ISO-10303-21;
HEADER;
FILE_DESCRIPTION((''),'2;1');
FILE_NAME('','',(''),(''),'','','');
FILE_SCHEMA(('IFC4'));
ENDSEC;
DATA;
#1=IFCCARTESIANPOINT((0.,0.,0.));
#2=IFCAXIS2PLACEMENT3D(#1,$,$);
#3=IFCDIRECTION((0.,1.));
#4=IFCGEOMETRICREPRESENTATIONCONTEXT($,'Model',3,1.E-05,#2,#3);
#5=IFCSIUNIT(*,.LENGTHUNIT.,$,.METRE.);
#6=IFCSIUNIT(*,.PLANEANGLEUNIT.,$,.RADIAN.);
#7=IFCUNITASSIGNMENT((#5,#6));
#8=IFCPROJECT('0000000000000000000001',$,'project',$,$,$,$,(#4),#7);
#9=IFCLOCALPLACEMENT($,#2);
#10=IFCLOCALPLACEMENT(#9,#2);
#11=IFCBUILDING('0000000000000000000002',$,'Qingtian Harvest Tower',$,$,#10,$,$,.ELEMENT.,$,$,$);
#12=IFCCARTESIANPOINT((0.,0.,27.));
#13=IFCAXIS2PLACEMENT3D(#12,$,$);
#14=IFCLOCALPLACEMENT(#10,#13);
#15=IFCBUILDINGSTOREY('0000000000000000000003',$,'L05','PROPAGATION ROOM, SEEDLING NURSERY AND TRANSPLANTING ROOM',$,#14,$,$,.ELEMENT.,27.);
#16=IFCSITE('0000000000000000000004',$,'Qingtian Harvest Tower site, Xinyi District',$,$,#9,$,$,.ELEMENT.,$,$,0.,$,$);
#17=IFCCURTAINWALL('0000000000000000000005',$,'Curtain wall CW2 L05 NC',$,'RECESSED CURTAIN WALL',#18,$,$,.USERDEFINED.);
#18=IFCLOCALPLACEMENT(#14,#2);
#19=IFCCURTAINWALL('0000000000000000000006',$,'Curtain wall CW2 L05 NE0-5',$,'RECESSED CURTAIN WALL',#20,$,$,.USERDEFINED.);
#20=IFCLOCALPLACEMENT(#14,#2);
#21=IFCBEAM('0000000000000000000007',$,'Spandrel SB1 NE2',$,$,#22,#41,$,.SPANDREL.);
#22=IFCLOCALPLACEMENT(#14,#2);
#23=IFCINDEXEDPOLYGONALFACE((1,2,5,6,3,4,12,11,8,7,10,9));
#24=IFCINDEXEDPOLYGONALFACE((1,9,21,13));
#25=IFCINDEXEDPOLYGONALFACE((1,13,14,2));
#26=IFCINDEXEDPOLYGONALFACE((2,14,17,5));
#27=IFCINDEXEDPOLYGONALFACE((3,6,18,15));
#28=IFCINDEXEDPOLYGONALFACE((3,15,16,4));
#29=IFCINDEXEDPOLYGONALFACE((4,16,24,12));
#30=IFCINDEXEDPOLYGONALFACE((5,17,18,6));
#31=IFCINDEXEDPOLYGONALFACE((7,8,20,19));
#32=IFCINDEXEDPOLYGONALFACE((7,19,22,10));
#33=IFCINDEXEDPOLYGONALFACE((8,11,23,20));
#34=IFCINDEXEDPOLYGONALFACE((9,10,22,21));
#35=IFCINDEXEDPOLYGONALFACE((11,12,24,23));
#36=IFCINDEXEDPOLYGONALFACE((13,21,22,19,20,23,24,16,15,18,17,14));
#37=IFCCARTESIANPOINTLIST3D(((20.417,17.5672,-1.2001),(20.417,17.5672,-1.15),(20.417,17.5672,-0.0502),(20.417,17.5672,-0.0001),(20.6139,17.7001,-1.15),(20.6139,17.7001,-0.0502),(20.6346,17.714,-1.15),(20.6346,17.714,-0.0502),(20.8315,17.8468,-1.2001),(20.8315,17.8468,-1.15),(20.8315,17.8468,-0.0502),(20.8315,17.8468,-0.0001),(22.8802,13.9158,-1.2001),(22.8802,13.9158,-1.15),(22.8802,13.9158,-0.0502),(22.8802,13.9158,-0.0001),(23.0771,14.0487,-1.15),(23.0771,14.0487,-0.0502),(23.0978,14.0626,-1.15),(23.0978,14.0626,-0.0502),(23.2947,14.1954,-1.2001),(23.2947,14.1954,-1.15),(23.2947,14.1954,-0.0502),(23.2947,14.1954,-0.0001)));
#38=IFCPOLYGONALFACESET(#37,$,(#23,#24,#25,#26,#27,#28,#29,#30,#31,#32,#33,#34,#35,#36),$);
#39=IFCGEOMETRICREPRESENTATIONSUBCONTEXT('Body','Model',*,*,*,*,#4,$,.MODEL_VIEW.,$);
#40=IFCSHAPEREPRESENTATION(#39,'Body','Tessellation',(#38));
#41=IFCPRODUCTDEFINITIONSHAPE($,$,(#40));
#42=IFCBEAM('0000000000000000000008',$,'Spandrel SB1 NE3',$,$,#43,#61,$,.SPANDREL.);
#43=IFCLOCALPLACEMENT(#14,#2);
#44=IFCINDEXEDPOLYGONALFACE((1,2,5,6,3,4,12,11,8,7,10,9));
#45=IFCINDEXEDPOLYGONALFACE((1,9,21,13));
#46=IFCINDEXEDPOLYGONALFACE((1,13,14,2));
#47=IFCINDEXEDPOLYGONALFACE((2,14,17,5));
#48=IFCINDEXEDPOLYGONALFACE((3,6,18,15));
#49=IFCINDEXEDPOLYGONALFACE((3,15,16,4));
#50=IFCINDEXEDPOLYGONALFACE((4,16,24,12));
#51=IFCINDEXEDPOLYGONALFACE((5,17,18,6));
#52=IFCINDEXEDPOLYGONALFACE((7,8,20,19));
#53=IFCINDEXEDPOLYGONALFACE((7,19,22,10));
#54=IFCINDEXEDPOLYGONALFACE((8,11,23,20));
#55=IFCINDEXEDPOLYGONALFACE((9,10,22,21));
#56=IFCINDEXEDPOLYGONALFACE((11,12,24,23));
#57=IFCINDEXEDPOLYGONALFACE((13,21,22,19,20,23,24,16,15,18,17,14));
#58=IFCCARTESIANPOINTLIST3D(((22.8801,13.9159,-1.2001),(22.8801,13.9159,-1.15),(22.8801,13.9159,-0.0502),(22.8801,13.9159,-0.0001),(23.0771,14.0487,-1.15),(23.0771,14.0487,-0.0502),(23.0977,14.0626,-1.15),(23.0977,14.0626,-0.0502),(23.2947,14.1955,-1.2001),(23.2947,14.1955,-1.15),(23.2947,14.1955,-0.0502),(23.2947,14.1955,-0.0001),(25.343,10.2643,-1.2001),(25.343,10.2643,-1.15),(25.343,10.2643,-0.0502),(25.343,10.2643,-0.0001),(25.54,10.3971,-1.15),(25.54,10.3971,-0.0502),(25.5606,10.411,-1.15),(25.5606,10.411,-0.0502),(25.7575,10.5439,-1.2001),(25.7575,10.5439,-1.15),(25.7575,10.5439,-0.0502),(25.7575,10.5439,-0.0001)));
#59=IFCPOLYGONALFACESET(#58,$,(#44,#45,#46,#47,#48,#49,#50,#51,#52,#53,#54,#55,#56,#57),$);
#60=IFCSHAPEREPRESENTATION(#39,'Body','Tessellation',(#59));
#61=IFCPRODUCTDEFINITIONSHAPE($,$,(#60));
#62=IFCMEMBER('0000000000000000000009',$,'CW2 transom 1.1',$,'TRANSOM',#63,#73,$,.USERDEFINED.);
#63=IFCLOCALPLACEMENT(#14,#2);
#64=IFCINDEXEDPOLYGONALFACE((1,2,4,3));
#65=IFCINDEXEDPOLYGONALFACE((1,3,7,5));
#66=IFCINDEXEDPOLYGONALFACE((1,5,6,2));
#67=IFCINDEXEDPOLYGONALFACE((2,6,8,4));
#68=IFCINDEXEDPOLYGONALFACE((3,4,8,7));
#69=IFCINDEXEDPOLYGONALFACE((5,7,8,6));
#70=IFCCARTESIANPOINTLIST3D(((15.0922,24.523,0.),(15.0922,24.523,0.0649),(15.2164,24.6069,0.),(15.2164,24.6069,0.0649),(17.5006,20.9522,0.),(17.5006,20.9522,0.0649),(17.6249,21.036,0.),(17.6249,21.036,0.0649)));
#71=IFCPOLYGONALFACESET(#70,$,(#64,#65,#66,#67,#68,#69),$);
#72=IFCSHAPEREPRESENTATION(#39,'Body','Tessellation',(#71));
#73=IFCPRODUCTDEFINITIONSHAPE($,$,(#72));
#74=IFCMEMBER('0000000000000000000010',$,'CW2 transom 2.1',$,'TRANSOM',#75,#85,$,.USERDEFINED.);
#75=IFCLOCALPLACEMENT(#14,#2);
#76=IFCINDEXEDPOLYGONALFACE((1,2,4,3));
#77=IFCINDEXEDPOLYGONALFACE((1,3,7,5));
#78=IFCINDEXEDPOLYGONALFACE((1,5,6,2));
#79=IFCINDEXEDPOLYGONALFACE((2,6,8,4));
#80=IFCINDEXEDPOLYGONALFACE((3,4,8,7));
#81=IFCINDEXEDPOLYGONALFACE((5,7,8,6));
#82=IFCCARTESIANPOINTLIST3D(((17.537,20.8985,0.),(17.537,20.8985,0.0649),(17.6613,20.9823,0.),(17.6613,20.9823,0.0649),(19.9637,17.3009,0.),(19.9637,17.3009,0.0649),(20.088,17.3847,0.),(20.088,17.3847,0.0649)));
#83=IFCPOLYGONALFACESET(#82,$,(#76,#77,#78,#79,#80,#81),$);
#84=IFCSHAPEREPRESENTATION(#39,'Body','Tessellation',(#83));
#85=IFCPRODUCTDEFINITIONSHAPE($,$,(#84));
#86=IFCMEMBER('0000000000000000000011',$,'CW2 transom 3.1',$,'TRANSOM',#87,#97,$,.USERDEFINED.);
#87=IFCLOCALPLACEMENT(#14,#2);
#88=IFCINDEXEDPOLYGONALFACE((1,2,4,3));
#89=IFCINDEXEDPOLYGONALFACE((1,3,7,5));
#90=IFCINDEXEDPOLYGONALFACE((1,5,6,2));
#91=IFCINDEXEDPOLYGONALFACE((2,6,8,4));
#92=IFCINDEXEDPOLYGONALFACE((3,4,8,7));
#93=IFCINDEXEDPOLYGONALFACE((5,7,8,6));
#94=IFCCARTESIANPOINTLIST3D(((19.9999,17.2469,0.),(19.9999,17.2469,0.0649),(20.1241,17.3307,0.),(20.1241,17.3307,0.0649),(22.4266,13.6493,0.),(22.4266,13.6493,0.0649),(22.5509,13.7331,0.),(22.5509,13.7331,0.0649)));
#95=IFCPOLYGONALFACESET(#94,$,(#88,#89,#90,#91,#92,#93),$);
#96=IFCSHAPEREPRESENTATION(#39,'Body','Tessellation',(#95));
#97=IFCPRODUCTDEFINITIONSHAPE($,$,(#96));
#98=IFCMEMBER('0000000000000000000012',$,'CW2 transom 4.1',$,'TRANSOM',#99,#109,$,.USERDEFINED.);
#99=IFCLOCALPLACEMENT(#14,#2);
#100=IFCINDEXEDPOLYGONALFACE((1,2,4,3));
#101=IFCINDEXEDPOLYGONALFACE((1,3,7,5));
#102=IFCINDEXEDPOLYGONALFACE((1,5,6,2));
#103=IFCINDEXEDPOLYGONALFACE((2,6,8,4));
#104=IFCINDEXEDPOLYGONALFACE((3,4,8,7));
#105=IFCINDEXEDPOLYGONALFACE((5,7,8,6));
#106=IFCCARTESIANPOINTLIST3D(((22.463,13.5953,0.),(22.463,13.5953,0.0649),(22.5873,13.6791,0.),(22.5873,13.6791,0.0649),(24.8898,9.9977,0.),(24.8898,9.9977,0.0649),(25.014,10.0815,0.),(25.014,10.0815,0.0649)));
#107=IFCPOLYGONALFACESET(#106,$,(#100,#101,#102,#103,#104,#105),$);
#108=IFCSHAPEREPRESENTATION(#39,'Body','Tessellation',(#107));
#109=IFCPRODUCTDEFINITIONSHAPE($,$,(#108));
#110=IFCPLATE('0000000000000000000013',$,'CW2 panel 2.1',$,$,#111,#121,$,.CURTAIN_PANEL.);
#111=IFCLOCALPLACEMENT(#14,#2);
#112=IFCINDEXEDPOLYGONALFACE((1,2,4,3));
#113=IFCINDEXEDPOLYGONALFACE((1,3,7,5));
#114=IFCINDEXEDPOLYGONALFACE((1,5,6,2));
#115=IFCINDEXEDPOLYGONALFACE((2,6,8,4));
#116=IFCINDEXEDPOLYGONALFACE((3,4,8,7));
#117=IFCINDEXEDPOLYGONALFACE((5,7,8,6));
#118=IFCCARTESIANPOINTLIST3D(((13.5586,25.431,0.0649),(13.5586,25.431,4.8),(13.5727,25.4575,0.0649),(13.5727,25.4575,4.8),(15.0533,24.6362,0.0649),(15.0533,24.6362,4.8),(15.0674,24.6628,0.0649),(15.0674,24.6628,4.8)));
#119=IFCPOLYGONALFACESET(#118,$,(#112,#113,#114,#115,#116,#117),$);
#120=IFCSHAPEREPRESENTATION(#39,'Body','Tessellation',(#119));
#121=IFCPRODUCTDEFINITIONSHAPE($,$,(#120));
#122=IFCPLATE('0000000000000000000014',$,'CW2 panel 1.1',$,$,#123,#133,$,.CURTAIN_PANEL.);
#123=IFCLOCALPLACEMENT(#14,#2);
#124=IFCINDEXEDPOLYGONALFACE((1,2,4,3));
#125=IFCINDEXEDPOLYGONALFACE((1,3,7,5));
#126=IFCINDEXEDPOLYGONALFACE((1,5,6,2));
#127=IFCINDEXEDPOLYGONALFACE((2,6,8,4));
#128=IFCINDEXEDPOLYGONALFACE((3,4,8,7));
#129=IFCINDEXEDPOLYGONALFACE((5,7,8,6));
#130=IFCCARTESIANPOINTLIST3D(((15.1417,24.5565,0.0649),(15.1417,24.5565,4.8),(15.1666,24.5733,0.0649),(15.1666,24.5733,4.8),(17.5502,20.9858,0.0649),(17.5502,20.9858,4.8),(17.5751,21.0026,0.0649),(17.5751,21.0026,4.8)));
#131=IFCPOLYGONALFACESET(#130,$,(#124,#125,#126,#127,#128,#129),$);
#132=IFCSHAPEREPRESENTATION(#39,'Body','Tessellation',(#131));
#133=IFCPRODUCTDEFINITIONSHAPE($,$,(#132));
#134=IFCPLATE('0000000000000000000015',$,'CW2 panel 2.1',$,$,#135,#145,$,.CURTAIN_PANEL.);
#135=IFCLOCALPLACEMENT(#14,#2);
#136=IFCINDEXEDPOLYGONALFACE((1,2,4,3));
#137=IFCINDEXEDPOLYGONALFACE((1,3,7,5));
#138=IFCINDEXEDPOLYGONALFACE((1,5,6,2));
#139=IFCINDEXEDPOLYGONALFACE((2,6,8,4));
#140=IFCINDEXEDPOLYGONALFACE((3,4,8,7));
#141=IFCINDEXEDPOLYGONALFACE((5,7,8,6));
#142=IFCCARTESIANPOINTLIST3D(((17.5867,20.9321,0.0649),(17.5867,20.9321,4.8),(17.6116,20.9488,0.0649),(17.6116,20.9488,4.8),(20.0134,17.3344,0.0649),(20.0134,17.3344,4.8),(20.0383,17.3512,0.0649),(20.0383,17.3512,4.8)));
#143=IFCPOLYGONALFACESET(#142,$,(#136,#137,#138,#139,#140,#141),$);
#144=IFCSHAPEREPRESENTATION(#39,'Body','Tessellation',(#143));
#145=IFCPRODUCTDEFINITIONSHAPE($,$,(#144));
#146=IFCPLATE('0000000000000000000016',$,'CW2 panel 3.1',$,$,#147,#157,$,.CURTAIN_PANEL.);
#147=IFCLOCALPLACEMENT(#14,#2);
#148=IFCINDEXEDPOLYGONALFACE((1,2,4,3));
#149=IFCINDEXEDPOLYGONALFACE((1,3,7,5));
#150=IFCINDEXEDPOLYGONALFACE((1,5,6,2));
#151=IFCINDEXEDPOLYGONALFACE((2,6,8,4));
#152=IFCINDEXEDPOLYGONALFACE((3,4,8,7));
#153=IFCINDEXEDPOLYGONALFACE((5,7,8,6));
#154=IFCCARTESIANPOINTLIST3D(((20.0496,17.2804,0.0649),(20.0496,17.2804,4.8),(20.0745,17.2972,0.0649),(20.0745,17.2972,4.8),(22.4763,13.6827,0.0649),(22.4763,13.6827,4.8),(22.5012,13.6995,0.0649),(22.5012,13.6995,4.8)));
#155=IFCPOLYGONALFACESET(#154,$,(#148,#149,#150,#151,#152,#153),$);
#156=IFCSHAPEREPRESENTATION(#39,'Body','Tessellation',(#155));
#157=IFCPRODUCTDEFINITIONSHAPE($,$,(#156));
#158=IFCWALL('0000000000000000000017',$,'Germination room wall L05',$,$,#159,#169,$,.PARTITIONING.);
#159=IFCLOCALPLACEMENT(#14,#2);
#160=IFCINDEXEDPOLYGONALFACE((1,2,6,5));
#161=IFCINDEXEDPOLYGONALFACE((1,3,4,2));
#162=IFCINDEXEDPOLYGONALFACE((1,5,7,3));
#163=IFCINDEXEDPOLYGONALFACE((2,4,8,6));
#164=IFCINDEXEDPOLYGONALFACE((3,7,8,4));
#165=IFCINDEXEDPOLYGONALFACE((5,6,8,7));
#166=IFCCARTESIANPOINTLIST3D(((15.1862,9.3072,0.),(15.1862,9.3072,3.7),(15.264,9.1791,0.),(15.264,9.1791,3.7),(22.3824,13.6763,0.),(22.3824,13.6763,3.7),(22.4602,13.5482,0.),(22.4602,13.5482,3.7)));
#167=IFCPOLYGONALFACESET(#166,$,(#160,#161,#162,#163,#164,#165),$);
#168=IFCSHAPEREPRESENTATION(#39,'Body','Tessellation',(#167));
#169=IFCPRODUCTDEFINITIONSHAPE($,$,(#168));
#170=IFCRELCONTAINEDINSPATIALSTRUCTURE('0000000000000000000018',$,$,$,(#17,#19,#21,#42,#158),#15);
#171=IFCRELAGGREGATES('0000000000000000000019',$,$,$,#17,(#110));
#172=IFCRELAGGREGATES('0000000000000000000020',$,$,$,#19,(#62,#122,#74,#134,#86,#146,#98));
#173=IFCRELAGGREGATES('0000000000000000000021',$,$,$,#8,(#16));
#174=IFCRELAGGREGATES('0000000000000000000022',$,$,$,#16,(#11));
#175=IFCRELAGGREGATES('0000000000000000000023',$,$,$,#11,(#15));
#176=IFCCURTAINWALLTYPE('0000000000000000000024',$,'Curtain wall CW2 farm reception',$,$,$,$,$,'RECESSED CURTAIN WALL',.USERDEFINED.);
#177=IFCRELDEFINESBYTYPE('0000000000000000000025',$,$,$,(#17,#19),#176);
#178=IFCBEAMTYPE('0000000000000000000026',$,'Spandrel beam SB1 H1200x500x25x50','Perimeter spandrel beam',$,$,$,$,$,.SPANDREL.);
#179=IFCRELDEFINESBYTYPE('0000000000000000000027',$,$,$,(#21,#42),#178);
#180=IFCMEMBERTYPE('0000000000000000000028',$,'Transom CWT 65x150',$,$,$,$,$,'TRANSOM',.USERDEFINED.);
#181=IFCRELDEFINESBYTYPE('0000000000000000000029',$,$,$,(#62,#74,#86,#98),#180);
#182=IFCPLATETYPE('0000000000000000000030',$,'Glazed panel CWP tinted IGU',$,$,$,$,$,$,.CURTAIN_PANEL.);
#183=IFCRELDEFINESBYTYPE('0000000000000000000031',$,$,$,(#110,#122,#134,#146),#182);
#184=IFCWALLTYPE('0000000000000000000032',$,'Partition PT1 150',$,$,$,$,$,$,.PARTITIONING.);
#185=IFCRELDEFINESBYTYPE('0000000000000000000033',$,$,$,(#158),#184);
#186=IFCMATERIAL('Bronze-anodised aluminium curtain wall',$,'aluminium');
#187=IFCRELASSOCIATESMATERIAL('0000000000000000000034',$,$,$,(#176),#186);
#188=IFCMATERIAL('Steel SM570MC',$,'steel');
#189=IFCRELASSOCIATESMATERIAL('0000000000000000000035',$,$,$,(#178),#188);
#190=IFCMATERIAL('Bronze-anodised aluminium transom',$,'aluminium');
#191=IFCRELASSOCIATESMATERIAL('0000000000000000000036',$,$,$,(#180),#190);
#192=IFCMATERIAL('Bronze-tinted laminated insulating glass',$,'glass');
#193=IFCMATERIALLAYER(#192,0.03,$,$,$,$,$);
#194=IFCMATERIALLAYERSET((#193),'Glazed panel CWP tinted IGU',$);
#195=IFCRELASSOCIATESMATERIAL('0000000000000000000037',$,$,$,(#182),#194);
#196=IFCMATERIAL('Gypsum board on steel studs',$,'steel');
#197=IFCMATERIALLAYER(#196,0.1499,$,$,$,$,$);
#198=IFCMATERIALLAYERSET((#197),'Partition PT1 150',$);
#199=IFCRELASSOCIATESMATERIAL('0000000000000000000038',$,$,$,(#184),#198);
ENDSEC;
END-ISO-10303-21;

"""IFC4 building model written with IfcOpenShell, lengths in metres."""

from ifc_helpers import new_model, si_unit, direction, frame, frame_2d, origin, origin_2d, place, context, subcontext, project, spatial, rectangle, i_section, extrude, material, layer, layer_set, material_profile, profile_set, type_object, element, aggregate, save


model = new_model("IFC4")

# Units and contexts
model_context = context("Model", 3, precision=1e-05, world=origin(), true_north=direction((0.0, 1.0)))
body_context = subcontext(model_context, "Body", "Model", "MODEL_VIEW")
ifc_project = project(units=[si_unit("LENGTHUNIT", "METRE"), si_unit("PLANEANGLEUNIT", "RADIAN")], contexts=[model_context])

# Site, building, storey
site_placement = place(None, origin())
site = spatial("IfcSite", under=ifc_project, at=site_placement, Name="Qingtian Harvest Tower site, Xinyi District", CompositionType="ELEMENT", RefElevation=0.0)
building_placement = place(site_placement, origin())
building = spatial("IfcBuilding", under=site, at=building_placement, Name="Qingtian Harvest Tower", CompositionType="ELEMENT")
storey_placement = place(building_placement, frame((0.0, 0.0, 27.0)))
storey = spatial("IfcBuildingStorey", under=building, at=storey_placement, Name="L05", Description="PROPAGATION ROOM, SEEDLING NURSERY AND TRANSPLANTING ROOM", CompositionType="ELEMENT", Elevation=27.0)

# Curtain wall
ifc_material_1 = material(Name="Bronze-anodised aluminium curtain wall", Category="aluminium")
curtain_wall_type = type_object("IfcCurtainWallType", Name="Curtain wall CW2 farm reception", ElementType="RECESSED CURTAIN WALL", PredefinedType="USERDEFINED", material=ifc_material_1)
curtain_wall_1_placement = place(storey_placement, origin())
curtain_wall_1 = element("IfcCurtainWall", 1, at=curtain_wall_1_placement, inside=storey, type_object=curtain_wall_type, Name="Curtain wall CW2 L05 NC", ObjectType="RECESSED CURTAIN WALL", PredefinedType="USERDEFINED")

# Curtain wall
curtain_wall_2_placement = place(storey_placement, origin())
curtain_wall_2 = element("IfcCurtainWall", 2, at=curtain_wall_2_placement, inside=storey, type_object=curtain_wall_type, Name="Curtain wall CW2 L05 NE0-5", ObjectType="RECESSED CURTAIN WALL", PredefinedType="USERDEFINED")

# Beams
ifc_material_2 = material(Name="Steel SM570MC", Category="steel")
ifc_material_profile_1 = material_profile(ifc_material_2, i_section(OverallWidth=0.5, OverallDepth=1.2, WebThickness=0.0249, FlangeThickness=0.05, at=origin_2d()), Name="H1200x500x25x50")
ifc_profile_set_1 = profile_set([ifc_material_profile_1], Name="Steel SM570MC")
beam_type_1 = type_object("IfcBeamType", Name="Spandrel beam SB1 H1200x500x25x50", Description="Perimeter spandrel beam", PredefinedType="SPANDREL", material=ifc_profile_set_1)
for number, where, z_axis, x_axis, name in (
    (3, (20.6243, 17.707, -0.6001), (0.559233, -0.829011, 0.0), (0.829011, 0.559233, 0.0), "Spandrel SB1 NE2"),
    (4, (23.0874, 14.0557, -0.6001), (0.559169, -0.829054, 0.0), (0.829054, 0.559169, 0.0), "Spandrel SB1 NE3"),
):
    element("IfcBeam", number, at=place(storey_placement, frame(where, z_axis=z_axis, x_axis=x_axis)), inside=storey, type_object=beam_type_1, Name=name, PredefinedType="SPANDREL", context=body_context, shape_type="SweptSolid", body=[
        extrude(i_section(OverallWidth=0.5, OverallDepth=1.2, WebThickness=0.0249, FlangeThickness=0.05, at=origin_2d()), origin(), (0.0, 0.0, 1.0), 4.4045),
    ])

# Members
ifc_material_3 = material(Name="Bronze-anodised aluminium transom", Category="aluminium")
ifc_material_profile_2 = material_profile(ifc_material_3, rectangle(XDim=0.1499, YDim=0.0649, at=origin_2d()), Name="AL 65x150")
ifc_profile_set_2 = profile_set([ifc_material_profile_2], Name="Bronze-anodised aluminium transom")
member_type_1 = type_object("IfcMemberType", Name="Transom CWT 65x150", ElementType="TRANSOM", PredefinedType="USERDEFINED", material=ifc_profile_set_2)
member_1_placement = place(storey_placement, frame((15.1543, 24.5649, 0.0325), z_axis=(0.559179, -0.829047, 0.0), x_axis=(0.829047, 0.559179, 0.0)))
member_1 = element("IfcMember", 5, at=member_1_placement, type_object=member_type_1, Name="CW2 transom 1.1", ObjectType="TRANSOM", PredefinedType="USERDEFINED", context=body_context, shape_type="SweptSolid", body=[
    extrude(rectangle(XDim=0.1499, YDim=0.0649, at=origin_2d()), origin(), (0.0, 0.0, 1.0), 4.3071),
])
member_2_placement = place(storey_placement, frame((17.5991, 20.9404, 0.0325), z_axis=(0.55921, -0.829026, 0.0), x_axis=(0.829026, 0.55921, 0.0)))
member_2 = element("IfcMember", 6, at=member_2_placement, type_object=member_type_1, Name="CW2 transom 2.1", ObjectType="TRANSOM", PredefinedType="USERDEFINED", context=body_context, shape_type="SweptSolid", body=[
    extrude(rectangle(XDim=0.1499, YDim=0.0649, at=origin_2d()), origin(), (0.0, 0.0, 1.0), 4.3396),
])
member_3_placement = place(storey_placement, frame((20.062, 17.2888, 0.0325), z_axis=(0.55921, -0.829026, 0.0), x_axis=(0.829026, 0.55921, 0.0)))
member_3 = element("IfcMember", 7, at=member_3_placement, type_object=member_type_1, Name="CW2 transom 3.1", ObjectType="TRANSOM", PredefinedType="USERDEFINED", context=body_context, shape_type="SweptSolid", body=[
    extrude(rectangle(XDim=0.1499, YDim=0.0649, at=origin_2d()), origin(), (0.0, 0.0, 1.0), 4.3396),
])
member_4_placement = place(storey_placement, frame((22.5251, 13.6372, 0.0325), z_axis=(0.55921, -0.829026, 0.0), x_axis=(0.829026, 0.55921, 0.0)))
member_4 = element("IfcMember", 8, at=member_4_placement, type_object=member_type_1, Name="CW2 transom 4.1", ObjectType="TRANSOM", PredefinedType="USERDEFINED", context=body_context, shape_type="SweptSolid", body=[
    extrude(rectangle(XDim=0.1499, YDim=0.0649, at=origin_2d()), origin(), (0.0, 0.0, 1.0), 4.3396),
])

# Plates
ifc_material_4 = material(Name="Bronze-tinted laminated insulating glass", Category="glass")
ifc_layer_1 = layer(ifc_material_4, 0.03)
ifc_layer_set_1 = layer_set([ifc_layer_1], Name="Glazed panel CWP tinted IGU")
plate_type = type_object("IfcPlateType", Name="Glazed panel CWP tinted IGU", PredefinedType="CURTAIN_PANEL", material=ifc_layer_set_1)
plate_1_placement = place(storey_placement, frame((14.313, 25.0469, 0.0649), z_axis=(0.0, 0.0, 1.0), x_axis=(0.882948, -0.469472, 0.0)))
plate_1 = element("IfcPlate", 9, at=plate_1_placement, type_object=plate_type, Name="CW2 panel 2.1", PredefinedType="CURTAIN_PANEL", context=body_context, shape_type="SweptSolid", body=[
    extrude(rectangle(XDim=1.6929, YDim=0.03, at=origin_2d()), origin(), (0.0, 0.0, 1.0), 4.7351),
])
aggregate(curtain_wall_1, [plate_1])
plate_2_placement = place(storey_placement, frame((16.3584, 22.7795, 0.0649), z_axis=(0.0, 0.0, 1.0), x_axis=(0.559193, -0.829038, 0.0)))
plate_2 = element("IfcPlate", 10, at=plate_2_placement, type_object=plate_type, Name="CW2 panel 1.1", PredefinedType="CURTAIN_PANEL", context=body_context, shape_type="SweptSolid", body=[
    extrude(rectangle(XDim=4.3071, YDim=0.03, at=origin_2d()), origin(), (0.0, 0.0, 1.0), 4.7351),
])
plate_3_placement = place(storey_placement, frame((18.8125, 19.1416, 0.0649), z_axis=(0.0, 0.0, 1.0), x_axis=(0.559193, -0.829038, 0.0)))
plate_3 = element("IfcPlate", 11, at=plate_3_placement, type_object=plate_type, Name="CW2 panel 2.1", PredefinedType="CURTAIN_PANEL", context=body_context, shape_type="SweptSolid", body=[
    extrude(rectangle(XDim=4.3396, YDim=0.03, at=origin_2d()), origin(), (0.0, 0.0, 1.0), 4.7351),
])
plate_4_placement = place(storey_placement, frame((21.2754, 15.49, 0.0649), z_axis=(0.0, 0.0, 1.0), x_axis=(0.559193, -0.829038, 0.0)))
plate_4 = element("IfcPlate", 12, at=plate_4_placement, type_object=plate_type, Name="CW2 panel 3.1", PredefinedType="CURTAIN_PANEL", context=body_context, shape_type="SweptSolid", body=[
    extrude(rectangle(XDim=4.3396, YDim=0.03, at=origin_2d()), origin(), (0.0, 0.0, 1.0), 4.7351),
])
aggregate(curtain_wall_2, [member_1, plate_2, member_2, plate_3, member_3, plate_4, member_4])

# Wall
ifc_material_5 = material(Name="Gypsum board on steel studs", Category="steel")
ifc_layer_2 = layer(ifc_material_5, 0.1499)
ifc_layer_set_2 = layer_set([ifc_layer_2], Name="Partition PT1 150")
wall_type = type_object("IfcWallType", Name="Partition PT1 150", PredefinedType="PARTITIONING", material=ifc_layer_set_2)
wall_placement = place(storey_placement, frame((22.4214, 13.6123, 0.0), z_axis=(0.0, 0.0, 1.0), x_axis=(-0.854789, -0.518975, 0.0)))
element("IfcWall", 13, at=wall_placement, inside=storey, type_object=wall_type, Name="Germination room wall L05", PredefinedType="PARTITIONING", context=body_context, shape_type="SweptSolid", body=[
    extrude(rectangle(XDim=8.4187, YDim=0.1499, at=frame_2d((4.2095, 0.0))), origin(), (0.0, 0.0, 1.0), 3.7),
])

save(model, "model.ifc")
